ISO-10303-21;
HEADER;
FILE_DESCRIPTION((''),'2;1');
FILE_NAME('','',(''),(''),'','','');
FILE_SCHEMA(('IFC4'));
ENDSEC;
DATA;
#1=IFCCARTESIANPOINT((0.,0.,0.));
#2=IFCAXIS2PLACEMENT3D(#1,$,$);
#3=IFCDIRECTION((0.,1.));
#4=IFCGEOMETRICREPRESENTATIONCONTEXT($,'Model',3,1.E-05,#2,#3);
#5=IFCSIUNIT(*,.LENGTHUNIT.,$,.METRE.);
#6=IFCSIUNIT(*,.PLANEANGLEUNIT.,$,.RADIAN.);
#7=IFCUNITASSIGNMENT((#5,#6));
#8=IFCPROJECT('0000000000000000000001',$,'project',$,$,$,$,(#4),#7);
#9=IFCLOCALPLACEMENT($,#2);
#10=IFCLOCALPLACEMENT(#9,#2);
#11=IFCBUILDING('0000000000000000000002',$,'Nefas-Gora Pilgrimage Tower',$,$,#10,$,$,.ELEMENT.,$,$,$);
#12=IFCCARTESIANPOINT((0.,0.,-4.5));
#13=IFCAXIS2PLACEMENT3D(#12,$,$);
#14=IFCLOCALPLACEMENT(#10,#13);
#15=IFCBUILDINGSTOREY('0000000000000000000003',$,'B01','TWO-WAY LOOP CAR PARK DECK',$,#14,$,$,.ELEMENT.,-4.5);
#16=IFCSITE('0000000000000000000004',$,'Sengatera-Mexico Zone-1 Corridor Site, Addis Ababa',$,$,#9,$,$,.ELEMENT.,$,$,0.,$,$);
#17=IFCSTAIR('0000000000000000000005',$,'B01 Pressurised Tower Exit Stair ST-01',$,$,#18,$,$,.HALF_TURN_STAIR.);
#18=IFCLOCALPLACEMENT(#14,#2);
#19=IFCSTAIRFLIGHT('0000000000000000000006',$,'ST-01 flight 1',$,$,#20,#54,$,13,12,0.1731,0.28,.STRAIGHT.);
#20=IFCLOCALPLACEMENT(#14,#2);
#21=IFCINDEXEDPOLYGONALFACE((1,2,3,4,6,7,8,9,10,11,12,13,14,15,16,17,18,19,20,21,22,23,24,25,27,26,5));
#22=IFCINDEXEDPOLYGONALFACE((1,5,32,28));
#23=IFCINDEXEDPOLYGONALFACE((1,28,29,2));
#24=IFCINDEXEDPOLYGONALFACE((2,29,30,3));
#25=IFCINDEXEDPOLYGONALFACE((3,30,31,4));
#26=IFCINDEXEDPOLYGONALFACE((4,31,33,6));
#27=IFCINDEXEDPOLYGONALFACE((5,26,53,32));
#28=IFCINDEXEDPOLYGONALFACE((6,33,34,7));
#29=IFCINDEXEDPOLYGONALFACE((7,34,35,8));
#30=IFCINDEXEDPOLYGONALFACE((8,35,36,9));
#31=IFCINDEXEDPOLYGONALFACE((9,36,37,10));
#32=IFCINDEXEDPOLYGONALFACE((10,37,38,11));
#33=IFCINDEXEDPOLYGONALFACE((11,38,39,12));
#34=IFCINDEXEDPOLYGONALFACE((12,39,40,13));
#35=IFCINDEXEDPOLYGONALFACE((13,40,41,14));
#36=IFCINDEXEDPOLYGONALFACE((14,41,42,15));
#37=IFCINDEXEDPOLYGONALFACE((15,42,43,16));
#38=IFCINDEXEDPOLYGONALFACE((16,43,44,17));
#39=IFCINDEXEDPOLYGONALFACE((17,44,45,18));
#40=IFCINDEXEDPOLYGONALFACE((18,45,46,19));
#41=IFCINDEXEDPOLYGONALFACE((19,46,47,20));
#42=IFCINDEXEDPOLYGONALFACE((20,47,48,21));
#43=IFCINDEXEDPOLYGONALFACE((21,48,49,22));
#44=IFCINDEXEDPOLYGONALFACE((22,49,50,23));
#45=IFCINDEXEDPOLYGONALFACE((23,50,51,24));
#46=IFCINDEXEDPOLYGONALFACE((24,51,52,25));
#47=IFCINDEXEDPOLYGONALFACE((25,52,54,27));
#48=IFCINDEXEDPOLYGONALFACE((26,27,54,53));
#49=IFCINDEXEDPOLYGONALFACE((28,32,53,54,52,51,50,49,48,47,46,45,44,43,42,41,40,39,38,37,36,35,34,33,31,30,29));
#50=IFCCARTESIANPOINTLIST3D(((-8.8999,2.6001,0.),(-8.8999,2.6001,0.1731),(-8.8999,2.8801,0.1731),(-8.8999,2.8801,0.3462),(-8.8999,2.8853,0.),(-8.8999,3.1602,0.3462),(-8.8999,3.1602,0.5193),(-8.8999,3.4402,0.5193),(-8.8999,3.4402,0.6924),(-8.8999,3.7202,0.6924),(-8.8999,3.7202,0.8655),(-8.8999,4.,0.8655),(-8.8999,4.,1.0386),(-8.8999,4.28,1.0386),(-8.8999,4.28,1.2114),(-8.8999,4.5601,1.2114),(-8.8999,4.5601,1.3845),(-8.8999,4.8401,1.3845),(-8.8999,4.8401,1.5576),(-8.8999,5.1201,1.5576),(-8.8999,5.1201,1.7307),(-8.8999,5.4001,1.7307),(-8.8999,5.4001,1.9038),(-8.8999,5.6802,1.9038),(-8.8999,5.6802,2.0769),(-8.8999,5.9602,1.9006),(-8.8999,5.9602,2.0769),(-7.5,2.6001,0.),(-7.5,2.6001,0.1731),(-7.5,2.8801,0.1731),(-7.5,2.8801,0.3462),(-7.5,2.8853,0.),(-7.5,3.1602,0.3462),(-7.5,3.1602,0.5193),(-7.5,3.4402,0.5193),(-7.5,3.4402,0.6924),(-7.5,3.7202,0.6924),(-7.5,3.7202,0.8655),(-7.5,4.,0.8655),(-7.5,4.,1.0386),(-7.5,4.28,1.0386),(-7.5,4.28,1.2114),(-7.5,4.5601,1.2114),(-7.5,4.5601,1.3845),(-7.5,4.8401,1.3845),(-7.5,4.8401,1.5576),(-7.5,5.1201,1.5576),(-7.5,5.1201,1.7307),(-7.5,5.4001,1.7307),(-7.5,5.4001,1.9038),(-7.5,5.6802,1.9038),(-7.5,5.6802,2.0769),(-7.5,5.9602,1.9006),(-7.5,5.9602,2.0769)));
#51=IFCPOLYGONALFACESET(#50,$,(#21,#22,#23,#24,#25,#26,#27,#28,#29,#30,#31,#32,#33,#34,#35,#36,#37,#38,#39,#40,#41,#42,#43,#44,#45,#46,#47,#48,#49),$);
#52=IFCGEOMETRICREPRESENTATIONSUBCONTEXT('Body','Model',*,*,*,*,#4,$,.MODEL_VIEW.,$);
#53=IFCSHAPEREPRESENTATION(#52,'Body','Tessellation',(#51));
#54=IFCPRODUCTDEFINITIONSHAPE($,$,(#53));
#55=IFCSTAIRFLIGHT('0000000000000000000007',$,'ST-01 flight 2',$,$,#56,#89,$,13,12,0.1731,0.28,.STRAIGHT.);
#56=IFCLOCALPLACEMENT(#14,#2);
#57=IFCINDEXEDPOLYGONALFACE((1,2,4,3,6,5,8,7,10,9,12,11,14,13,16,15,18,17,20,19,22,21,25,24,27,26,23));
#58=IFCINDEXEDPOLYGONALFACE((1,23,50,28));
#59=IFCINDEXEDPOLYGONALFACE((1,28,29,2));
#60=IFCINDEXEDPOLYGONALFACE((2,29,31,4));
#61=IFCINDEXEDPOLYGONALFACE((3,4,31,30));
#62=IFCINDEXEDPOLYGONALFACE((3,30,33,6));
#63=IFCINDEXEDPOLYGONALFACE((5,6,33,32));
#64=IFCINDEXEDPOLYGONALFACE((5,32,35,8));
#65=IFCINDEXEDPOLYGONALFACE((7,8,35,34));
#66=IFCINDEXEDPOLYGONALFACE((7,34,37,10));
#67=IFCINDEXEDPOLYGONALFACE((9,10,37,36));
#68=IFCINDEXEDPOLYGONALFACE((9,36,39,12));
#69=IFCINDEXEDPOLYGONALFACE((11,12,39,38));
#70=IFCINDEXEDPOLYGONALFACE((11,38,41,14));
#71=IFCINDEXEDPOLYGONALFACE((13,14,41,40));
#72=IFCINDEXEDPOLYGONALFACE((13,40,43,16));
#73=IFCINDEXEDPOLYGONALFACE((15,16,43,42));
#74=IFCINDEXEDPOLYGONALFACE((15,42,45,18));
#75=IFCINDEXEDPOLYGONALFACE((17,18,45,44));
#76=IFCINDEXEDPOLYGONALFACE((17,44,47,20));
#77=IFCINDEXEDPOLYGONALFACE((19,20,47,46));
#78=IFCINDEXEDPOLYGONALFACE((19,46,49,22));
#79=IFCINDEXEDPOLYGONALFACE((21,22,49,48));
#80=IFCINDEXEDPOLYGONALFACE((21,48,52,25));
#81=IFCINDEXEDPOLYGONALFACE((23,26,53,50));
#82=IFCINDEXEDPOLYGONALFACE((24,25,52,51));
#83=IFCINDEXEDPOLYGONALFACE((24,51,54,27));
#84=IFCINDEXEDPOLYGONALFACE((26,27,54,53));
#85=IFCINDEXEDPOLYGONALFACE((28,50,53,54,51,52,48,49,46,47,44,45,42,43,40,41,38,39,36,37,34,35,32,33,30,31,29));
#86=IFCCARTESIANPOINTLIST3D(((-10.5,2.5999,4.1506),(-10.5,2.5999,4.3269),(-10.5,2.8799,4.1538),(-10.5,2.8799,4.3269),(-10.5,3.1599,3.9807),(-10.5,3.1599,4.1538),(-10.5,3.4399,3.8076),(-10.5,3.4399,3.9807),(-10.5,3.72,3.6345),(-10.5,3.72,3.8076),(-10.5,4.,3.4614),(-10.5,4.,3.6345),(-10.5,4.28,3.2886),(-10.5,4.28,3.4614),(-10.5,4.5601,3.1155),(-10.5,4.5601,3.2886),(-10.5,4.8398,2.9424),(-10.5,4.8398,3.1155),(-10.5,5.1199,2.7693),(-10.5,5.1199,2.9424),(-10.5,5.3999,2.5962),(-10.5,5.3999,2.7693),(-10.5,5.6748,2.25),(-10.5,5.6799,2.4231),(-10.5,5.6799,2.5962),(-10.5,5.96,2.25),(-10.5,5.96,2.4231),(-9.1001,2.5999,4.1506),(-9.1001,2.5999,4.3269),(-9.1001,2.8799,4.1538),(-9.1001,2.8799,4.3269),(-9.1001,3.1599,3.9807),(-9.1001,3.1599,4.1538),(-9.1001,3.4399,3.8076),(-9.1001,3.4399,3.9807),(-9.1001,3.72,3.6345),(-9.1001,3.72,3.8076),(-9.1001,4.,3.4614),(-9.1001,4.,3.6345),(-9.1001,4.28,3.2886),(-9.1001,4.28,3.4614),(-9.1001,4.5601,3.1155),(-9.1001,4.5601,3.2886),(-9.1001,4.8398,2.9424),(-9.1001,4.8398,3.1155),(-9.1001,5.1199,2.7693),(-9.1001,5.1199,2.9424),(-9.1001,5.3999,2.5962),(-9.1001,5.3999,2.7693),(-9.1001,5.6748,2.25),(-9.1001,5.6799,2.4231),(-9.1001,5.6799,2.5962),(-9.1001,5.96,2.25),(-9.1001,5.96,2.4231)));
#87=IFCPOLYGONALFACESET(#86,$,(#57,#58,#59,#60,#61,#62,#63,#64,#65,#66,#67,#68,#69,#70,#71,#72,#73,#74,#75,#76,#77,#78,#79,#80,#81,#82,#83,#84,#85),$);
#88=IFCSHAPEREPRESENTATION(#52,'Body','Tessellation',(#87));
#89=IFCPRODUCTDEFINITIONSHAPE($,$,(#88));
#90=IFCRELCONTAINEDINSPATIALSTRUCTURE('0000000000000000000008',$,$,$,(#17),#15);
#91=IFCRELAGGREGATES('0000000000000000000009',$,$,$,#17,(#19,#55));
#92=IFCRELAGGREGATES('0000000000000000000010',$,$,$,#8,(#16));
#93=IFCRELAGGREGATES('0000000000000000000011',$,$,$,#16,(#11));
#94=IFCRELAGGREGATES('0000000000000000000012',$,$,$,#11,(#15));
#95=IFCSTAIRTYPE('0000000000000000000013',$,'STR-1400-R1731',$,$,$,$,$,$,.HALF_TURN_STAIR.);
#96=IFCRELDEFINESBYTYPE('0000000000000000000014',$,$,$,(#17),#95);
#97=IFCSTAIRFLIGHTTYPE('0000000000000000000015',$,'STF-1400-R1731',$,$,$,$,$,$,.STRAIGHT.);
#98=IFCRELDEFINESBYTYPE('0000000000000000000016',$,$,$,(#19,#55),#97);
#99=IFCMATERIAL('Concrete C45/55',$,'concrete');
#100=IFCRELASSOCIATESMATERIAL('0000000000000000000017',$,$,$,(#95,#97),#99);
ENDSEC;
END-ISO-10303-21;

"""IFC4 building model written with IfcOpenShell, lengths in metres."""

from ifc_helpers import new_model, si_unit, direction, frame, origin, place, context, subcontext, project, spatial, polyline, outline, extrude, source, transform, mapped, material, type_object, element, aggregate, save


model = new_model("IFC4")

# Units and contexts
model_context = context("Model", 3, precision=1e-05, world=origin(), true_north=direction((0.0, 1.0)))
body_context = subcontext(model_context, "Body", "Model", "MODEL_VIEW")
ifc_project = project(units=[si_unit("LENGTHUNIT", "METRE"), si_unit("PLANEANGLEUNIT", "RADIAN")], contexts=[model_context])

# Site, building, storey
site_placement = place(None, origin())
site = spatial("IfcSite", under=ifc_project, at=site_placement, Name="Sengatera-Mexico Zone-1 Corridor Site, Addis Ababa", CompositionType="ELEMENT", RefElevation=0.0)
building_placement = place(site_placement, origin())
building = spatial("IfcBuilding", under=site, at=building_placement, Name="Nefas-Gora Pilgrimage Tower", CompositionType="ELEMENT")
storey_placement = place(building_placement, frame((0.0, 0.0, -4.5)))
storey = spatial("IfcBuildingStorey", under=building, at=storey_placement, Name="B01", Description="TWO-WAY LOOP CAR PARK DECK", CompositionType="ELEMENT", Elevation=-4.5)

# Shared definitions
ifc_material_1 = material(Name="Concrete C45/55", Category="concrete")

# Stair, stair flights
stair_type = type_object("IfcStairType", Name="STR-1400-R1731", PredefinedType="HALF_TURN_STAIR", material=ifc_material_1)
stair_placement = place(storey_placement, origin())
stair = element("IfcStair", 1, at=stair_placement, inside=storey, type_object=stair_type, Name="B01 Pressurised Tower Exit Stair ST-01", PredefinedType="HALF_TURN_STAIR")
stair_flight_type = type_object("IfcStairFlightType", Name="STF-1400-R1731", PredefinedType="STRAIGHT", material=ifc_material_1)
shared_shape_1 = source(origin(), body_context, "Body", "SweptSolid", [
    extrude(outline(polyline([(0.0, 0.0), (0.0, 0.1731), (0.28, 0.1731), (0.28, 0.3462), (0.5601, 0.3462), (0.5601, 0.5193), (0.8401, 0.5193), (0.8401, 0.6924), (1.1201, 0.6924), (1.1201, 0.8655), (1.3999, 0.8655), (1.3999, 1.0386), (1.6799, 1.0386), (1.6799, 1.2114), (1.96, 1.2114), (1.96, 1.3845), (2.24, 1.3845), (2.24, 1.5576), (2.52, 1.5576), (2.52, 1.7307), (2.8, 1.7307), (2.8, 1.9038), (3.0801, 1.9038), (3.0801, 2.0769), (3.3601, 2.0769), (3.3601, 2.25), (3.3601, 1.9006), (0.2852, 0.0), (0.0, 0.0)])), frame((0.0, 0.7, 0.0), z_axis=(0.0, -1.0, 0.0), x_axis=(1.0, 0.0, 0.0)), (0.0, 0.0, 1.0), 1.3999),
])
stair_flight_1_placement = place(storey_placement, frame((-8.2, 2.6001, 0.0), z_axis=(0.0, 0.0, 1.0), x_axis=(0.0, 1.0, 0.0)))
stair_flight_1 = element("IfcStairFlight", 2, at=stair_flight_1_placement, type_object=stair_flight_type, Name="ST-01 flight 1", NumberOfRisers=13, NumberOfTreads=12, PredefinedType="STRAIGHT", RiserHeight=0.1731, TreadLength=0.28, context=body_context, shape_type="MappedRepresentation", body=[
    mapped(shared_shape_1, transform((0.0, 0.0, 0.0), x_axis=(1.0, 0.0, 0.0), y_axis=(0.0, 1.0, 0.0), z_axis=(0.0, 0.0, 1.0), scale=1.0)),
])
stair_flight_2_placement = place(storey_placement, frame((-9.8, 5.96, 2.25), z_axis=(0.0, 0.0, 1.0), x_axis=(0.0, -1.0, 0.0)))
stair_flight_2 = element("IfcStairFlight", 3, at=stair_flight_2_placement, type_object=stair_flight_type, Name="ST-01 flight 2", NumberOfRisers=13, NumberOfTreads=12, PredefinedType="STRAIGHT", RiserHeight=0.1731, TreadLength=0.28, context=body_context, shape_type="MappedRepresentation", body=[
    mapped(shared_shape_1, transform((0.0, 0.0, 0.0), x_axis=(1.0, 0.0, 0.0), y_axis=(0.0, 1.0, 0.0), z_axis=(0.0, 0.0, 1.0), scale=1.0)),
])
aggregate(stair, [stair_flight_1, stair_flight_2])

save(model, "model.ifc")
